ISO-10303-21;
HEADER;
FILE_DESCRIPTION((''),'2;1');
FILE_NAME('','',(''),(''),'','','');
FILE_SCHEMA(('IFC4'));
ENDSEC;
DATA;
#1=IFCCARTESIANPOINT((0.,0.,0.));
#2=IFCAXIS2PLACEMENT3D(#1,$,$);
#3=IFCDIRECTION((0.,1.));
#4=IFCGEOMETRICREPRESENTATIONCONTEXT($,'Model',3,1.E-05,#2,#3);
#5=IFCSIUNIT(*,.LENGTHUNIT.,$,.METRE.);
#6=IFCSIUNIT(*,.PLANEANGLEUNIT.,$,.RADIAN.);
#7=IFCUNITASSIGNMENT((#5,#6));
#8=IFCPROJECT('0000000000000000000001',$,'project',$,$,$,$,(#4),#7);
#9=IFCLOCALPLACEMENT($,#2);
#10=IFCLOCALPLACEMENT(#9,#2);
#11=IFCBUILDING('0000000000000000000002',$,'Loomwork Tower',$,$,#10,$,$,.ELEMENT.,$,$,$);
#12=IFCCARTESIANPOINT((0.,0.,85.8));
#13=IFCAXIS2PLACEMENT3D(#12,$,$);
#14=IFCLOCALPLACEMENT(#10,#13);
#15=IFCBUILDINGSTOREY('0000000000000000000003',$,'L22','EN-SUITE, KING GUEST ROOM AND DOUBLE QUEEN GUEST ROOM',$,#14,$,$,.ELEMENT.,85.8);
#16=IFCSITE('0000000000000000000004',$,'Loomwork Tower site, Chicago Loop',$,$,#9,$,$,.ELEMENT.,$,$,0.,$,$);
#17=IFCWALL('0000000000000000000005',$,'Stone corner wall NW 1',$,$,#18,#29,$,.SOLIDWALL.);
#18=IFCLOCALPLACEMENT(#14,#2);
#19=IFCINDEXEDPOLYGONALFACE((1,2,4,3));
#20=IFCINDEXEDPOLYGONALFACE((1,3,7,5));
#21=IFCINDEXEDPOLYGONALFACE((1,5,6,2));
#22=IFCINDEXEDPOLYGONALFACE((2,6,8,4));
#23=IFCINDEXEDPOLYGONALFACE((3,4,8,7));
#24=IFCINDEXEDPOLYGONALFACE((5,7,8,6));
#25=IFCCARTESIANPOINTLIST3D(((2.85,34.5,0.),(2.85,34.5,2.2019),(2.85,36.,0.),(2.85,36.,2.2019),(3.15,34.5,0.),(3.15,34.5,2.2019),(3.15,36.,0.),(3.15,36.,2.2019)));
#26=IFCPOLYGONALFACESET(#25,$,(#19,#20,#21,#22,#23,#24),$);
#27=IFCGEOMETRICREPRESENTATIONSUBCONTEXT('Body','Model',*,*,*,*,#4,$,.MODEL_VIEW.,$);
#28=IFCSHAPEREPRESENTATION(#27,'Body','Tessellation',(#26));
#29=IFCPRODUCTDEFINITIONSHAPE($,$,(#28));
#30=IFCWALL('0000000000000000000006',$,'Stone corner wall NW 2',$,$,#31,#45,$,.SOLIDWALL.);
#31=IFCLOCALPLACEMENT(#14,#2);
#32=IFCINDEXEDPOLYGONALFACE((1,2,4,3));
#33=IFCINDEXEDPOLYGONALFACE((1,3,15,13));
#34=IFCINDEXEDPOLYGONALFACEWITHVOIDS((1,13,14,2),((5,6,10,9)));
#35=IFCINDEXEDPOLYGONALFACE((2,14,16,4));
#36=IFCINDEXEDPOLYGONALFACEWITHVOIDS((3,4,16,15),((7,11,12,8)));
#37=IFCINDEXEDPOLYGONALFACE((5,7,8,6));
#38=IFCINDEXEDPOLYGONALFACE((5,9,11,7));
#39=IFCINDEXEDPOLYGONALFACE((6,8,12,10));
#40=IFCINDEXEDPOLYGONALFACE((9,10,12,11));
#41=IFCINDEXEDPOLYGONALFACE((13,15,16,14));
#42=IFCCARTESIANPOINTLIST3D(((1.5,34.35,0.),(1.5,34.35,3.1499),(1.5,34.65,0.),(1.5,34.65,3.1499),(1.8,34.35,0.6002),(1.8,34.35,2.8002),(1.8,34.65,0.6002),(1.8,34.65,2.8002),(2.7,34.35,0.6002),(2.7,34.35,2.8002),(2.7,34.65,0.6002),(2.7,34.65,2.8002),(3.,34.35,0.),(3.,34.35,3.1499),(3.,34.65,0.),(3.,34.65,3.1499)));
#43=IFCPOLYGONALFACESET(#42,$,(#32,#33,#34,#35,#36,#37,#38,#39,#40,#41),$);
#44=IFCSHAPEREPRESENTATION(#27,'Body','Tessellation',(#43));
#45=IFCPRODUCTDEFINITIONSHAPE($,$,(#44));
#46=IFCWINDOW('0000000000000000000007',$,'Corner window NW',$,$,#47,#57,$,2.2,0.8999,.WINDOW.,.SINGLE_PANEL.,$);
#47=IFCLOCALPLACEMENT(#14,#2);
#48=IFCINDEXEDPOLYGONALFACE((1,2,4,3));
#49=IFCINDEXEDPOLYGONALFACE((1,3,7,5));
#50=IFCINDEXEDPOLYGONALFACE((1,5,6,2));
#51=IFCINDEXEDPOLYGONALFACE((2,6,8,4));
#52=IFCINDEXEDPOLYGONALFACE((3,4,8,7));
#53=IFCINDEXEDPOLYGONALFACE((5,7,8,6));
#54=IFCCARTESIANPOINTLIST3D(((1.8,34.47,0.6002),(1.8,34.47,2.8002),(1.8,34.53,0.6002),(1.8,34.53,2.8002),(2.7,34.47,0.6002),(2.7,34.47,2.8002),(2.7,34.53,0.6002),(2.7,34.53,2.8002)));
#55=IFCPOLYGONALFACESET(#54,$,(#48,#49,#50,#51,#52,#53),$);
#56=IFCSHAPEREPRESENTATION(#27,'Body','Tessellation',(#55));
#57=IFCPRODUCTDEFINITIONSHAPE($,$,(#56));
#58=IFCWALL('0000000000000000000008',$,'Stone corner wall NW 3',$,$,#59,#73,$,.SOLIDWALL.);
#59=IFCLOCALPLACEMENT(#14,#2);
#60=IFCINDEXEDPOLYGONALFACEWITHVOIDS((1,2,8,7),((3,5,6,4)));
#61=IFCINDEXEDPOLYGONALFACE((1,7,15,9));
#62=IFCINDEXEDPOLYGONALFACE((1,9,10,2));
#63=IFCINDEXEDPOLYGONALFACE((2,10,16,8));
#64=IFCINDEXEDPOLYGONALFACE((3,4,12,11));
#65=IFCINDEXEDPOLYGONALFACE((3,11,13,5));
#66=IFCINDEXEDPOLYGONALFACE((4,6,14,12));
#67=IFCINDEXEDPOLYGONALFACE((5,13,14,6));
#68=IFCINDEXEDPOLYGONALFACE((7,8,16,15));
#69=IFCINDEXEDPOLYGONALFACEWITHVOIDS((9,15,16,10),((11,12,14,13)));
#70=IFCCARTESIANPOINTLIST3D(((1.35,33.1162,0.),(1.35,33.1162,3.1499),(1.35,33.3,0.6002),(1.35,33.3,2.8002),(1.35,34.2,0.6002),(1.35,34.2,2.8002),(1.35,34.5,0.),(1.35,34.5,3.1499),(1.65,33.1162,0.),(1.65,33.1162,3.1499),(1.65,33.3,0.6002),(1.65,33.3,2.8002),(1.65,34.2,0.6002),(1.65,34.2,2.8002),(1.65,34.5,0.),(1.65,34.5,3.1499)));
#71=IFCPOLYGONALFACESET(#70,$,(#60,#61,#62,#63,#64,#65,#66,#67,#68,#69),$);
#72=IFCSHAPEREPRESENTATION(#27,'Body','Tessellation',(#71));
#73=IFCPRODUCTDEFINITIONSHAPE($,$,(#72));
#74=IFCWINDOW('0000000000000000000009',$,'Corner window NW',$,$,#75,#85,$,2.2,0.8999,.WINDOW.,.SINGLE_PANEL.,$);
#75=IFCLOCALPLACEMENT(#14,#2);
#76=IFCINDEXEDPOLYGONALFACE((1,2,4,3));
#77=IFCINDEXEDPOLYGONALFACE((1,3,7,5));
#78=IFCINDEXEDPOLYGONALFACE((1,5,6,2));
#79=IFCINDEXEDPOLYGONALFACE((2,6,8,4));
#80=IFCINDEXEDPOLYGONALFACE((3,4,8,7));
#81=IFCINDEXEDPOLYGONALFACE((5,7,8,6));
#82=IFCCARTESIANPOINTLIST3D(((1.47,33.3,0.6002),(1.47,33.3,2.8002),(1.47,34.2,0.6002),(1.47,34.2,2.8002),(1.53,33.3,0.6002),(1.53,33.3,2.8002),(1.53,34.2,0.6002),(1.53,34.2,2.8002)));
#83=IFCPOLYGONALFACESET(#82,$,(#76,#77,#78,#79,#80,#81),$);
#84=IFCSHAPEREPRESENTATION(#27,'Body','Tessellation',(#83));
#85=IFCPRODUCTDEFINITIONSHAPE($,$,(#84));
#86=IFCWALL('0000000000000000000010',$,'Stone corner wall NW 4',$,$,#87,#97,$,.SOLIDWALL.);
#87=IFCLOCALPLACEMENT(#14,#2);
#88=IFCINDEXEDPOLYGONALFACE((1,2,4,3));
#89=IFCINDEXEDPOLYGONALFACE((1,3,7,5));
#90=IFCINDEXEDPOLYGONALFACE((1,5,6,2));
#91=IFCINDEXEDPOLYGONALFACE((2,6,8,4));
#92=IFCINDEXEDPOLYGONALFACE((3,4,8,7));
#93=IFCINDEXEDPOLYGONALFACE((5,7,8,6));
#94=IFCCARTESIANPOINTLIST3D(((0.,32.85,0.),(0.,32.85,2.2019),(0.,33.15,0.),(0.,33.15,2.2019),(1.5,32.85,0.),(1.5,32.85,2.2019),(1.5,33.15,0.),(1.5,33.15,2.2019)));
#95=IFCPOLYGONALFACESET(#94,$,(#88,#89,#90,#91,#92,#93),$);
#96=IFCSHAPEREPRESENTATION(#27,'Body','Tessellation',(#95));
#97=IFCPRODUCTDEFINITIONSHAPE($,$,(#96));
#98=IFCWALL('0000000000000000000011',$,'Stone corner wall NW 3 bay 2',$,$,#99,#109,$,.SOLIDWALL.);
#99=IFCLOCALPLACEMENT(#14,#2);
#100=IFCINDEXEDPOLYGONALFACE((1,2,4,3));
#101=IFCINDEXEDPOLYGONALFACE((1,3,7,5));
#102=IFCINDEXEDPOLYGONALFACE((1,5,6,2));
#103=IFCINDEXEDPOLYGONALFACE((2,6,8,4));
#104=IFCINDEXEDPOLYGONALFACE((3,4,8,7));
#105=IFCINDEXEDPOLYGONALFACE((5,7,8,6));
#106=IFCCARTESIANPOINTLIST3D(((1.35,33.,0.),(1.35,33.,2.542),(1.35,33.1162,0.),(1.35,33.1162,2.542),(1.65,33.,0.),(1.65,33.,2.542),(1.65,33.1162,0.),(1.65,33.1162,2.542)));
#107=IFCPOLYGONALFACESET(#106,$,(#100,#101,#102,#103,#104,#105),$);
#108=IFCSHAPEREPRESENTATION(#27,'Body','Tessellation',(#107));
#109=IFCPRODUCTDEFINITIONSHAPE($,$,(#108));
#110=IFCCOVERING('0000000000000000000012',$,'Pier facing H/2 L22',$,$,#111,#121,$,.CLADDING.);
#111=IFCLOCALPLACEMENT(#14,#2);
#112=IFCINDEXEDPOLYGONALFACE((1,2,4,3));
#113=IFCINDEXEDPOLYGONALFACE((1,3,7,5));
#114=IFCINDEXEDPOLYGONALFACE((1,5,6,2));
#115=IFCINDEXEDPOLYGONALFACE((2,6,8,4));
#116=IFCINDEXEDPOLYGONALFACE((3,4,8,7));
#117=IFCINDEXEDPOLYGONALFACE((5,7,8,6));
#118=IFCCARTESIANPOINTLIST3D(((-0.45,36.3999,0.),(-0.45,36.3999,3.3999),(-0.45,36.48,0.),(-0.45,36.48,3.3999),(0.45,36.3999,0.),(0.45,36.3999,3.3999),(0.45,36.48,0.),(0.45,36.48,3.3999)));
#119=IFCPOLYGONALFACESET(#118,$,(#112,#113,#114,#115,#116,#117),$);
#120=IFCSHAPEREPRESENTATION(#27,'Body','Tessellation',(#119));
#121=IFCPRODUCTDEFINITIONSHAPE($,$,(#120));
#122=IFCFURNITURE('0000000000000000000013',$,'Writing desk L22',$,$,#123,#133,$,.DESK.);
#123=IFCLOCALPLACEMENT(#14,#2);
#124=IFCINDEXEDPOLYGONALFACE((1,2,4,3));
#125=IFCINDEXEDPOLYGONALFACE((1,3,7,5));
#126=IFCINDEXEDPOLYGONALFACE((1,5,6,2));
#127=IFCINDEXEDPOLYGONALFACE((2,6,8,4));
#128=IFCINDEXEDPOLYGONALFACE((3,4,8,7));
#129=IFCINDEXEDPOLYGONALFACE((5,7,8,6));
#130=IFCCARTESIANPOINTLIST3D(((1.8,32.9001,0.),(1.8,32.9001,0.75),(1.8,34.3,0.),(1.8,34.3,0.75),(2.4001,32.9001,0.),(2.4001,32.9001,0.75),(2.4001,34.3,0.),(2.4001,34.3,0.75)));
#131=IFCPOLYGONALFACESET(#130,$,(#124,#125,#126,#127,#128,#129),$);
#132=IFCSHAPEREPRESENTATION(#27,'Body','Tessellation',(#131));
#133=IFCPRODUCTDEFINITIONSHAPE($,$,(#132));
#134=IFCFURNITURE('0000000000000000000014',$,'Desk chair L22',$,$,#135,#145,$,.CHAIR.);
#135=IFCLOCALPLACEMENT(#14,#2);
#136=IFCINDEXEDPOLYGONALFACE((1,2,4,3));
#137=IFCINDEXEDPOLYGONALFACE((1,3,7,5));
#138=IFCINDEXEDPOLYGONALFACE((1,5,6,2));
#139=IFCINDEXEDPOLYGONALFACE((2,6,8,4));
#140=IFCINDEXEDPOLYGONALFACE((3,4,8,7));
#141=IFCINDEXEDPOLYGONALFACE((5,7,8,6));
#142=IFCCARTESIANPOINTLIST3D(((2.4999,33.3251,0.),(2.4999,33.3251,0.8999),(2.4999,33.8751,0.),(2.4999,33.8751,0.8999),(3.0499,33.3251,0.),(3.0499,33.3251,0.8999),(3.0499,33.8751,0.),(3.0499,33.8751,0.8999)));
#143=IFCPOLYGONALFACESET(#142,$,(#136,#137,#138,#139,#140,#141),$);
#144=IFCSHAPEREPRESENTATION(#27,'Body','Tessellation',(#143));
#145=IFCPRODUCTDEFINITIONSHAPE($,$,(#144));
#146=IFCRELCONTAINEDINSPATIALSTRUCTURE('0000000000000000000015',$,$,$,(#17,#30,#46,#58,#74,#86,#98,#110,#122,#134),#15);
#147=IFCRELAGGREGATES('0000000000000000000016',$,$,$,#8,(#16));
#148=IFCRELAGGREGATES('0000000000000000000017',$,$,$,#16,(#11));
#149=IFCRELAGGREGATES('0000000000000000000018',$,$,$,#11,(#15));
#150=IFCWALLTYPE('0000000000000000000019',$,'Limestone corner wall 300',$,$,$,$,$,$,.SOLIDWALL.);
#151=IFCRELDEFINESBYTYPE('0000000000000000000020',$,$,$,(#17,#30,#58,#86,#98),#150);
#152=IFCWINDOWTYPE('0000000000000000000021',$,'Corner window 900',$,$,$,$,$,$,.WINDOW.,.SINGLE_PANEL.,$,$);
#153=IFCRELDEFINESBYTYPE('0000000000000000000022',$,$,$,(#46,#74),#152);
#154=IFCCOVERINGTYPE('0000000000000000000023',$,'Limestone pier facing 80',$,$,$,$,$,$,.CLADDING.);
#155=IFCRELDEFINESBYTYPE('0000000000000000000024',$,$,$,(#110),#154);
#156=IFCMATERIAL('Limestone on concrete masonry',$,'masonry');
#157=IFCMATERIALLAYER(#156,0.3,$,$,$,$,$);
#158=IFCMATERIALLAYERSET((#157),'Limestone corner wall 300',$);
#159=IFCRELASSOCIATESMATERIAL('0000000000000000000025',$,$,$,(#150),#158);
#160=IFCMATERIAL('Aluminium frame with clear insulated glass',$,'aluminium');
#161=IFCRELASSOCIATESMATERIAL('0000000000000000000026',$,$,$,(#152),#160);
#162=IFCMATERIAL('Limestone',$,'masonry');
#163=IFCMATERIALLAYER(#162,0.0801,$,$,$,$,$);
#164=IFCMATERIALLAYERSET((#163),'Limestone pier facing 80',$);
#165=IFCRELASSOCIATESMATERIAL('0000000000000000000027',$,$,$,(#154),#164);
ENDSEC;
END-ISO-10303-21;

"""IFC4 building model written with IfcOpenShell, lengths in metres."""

from ifc_helpers import new_model, si_unit, direction, frame, frame_2d, origin, origin_2d, place, context, subcontext, project, spatial, rectangle, extrude, material, layer, layer_set, type_object, element, fill, save


model = new_model("IFC4")

# Units and contexts
model_context = context("Model", 3, precision=1e-05, world=origin(), true_north=direction((0.0, 1.0)))
body_context = subcontext(model_context, "Body", "Model", "MODEL_VIEW")
ifc_project = project(units=[si_unit("LENGTHUNIT", "METRE"), si_unit("PLANEANGLEUNIT", "RADIAN")], contexts=[model_context])

# Site, building, storey
site_placement = place(None, origin())
site = spatial("IfcSite", under=ifc_project, at=site_placement, Name="Loomwork Tower site, Chicago Loop", CompositionType="ELEMENT", RefElevation=0.0)
building_placement = place(site_placement, origin())
building = spatial("IfcBuilding", under=site, at=building_placement, Name="Loomwork Tower", CompositionType="ELEMENT")
storey_placement = place(building_placement, frame((0.0, 0.0, 85.8)))
storey = spatial("IfcBuildingStorey", under=building, at=storey_placement, Name="L22", Description="EN-SUITE, KING GUEST ROOM AND DOUBLE QUEEN GUEST ROOM", CompositionType="ELEMENT", Elevation=85.8)

# Wall
ifc_material_1 = material(Name="Limestone on concrete masonry", Category="masonry")
ifc_layer_1 = layer(ifc_material_1, 0.3)
ifc_layer_set_1 = layer_set([ifc_layer_1], Name="Limestone corner wall 300")
wall_type_1 = type_object("IfcWallType", Name="Limestone corner wall 300", PredefinedType="SOLIDWALL", material=ifc_layer_set_1)
wall_1_placement = place(storey_placement, frame((3.0, 36.0, 0.0), z_axis=(0.0, 0.0, 1.0), x_axis=(0.0, -1.0, 0.0)))
element("IfcWall", 1, at=wall_1_placement, inside=storey, type_object=wall_type_1, Name="Stone corner wall NW 1", PredefinedType="SOLIDWALL", context=body_context, shape_type="SweptSolid", body=[
    extrude(rectangle(XDim=1.5, YDim=0.3, at=frame_2d((0.75, 0.0))), origin(), (0.0, 0.0, 1.0), 2.2019),
])

# Walls, openings, windows
wall_2_placement = place(storey_placement, frame((3.0, 34.5, 0.0), z_axis=(0.0, 0.0, 1.0), x_axis=(-1.0, 0.0, 0.0)))
wall_2 = element("IfcWall", 2, at=wall_2_placement, inside=storey, type_object=wall_type_1, Name="Stone corner wall NW 2", PredefinedType="SOLIDWALL", context=body_context, shape_type="SweptSolid", body=[
    extrude(rectangle(XDim=1.5, YDim=0.3, at=frame_2d((0.75, 0.0))), origin(), (0.0, 0.0, 1.0), 3.1499),
])
opening_1_placement = place(wall_2_placement, frame((0.3, 0.0, 0.6001)))
opening_1 = element("IfcOpeningElement", 3, at=opening_1_placement, cuts=wall_2, PredefinedType="OPENING", context=body_context, shape_type="SweptSolid", body=[
    extrude(rectangle(XDim=0.8999, YDim=2.2, at=frame_2d((0.45, 1.1001))), frame((0.0, 0.1599, 0.0), z_axis=(0.0, -1.0, 0.0), x_axis=(1.0, 0.0, 0.0)), (0.0, 0.0, 1.0), 0.3201),
])
ifc_material_2 = material(Name="Aluminium frame with clear insulated glass", Category="aluminium")
window_type_1 = type_object("IfcWindowType", Name="Corner window 900", PartitioningType="SINGLE_PANEL", PredefinedType="WINDOW", material=ifc_material_2)
window_1_placement = place(opening_1_placement, origin())
window_1 = element("IfcWindow", 4, at=window_1_placement, inside=storey, type_object=window_type_1, Name="Corner window NW", OverallHeight=2.2, OverallWidth=0.8999, PartitioningType="SINGLE_PANEL", PredefinedType="WINDOW", context=body_context, shape_type="SweptSolid", body=[
    extrude(rectangle(XDim=0.8999, YDim=2.2, at=frame_2d((0.45, 1.1001))), frame((0.0, 0.03, 0.0), z_axis=(0.0, -1.0, 0.0), x_axis=(1.0, 0.0, 0.0)), (0.0, 0.0, 1.0), 0.0601),
])
fill(opening_1, window_1)
wall_3_placement = place(storey_placement, frame((1.5, 34.5, 0.0), z_axis=(0.0, 0.0, 1.0), x_axis=(0.0, -1.0, 0.0)))
wall_3 = element("IfcWall", 5, at=wall_3_placement, inside=storey, type_object=wall_type_1, Name="Stone corner wall NW 3", PredefinedType="SOLIDWALL", context=body_context, shape_type="SweptSolid", body=[
    extrude(rectangle(XDim=1.3838, YDim=0.3, at=frame_2d((0.6919, 0.0))), origin(), (0.0, 0.0, 1.0), 3.1499),
])
opening_2_placement = place(wall_3_placement, frame((0.3, 0.0, 0.6001)))
opening_2 = element("IfcOpeningElement", 6, at=opening_2_placement, cuts=wall_3, PredefinedType="OPENING", context=body_context, shape_type="SweptSolid", body=[
    extrude(rectangle(XDim=0.8999, YDim=2.2, at=frame_2d((0.45, 1.1001))), frame((0.0, 0.1599, 0.0), z_axis=(0.0, -1.0, 0.0), x_axis=(1.0, 0.0, 0.0)), (0.0, 0.0, 1.0), 0.3201),
])
window_2_placement = place(opening_2_placement, origin())
window_2 = element("IfcWindow", 7, at=window_2_placement, inside=storey, type_object=window_type_1, Name="Corner window NW", OverallHeight=2.2, OverallWidth=0.8999, PartitioningType="SINGLE_PANEL", PredefinedType="WINDOW", context=body_context, shape_type="SweptSolid", body=[
    extrude(rectangle(XDim=0.8999, YDim=2.2, at=frame_2d((0.45, 1.1001))), frame((0.0, 0.03, 0.0), z_axis=(0.0, -1.0, 0.0), x_axis=(1.0, 0.0, 0.0)), (0.0, 0.0, 1.0), 0.0601),
])
fill(opening_2, window_2)

# Walls
wall_4_placement = place(storey_placement, frame((1.5, 33.0, 0.0), z_axis=(0.0, 0.0, 1.0), x_axis=(-1.0, 0.0, 0.0)))
element("IfcWall", 8, at=wall_4_placement, inside=storey, type_object=wall_type_1, Name="Stone corner wall NW 4", PredefinedType="SOLIDWALL", context=body_context, shape_type="SweptSolid", body=[
    extrude(rectangle(XDim=1.5, YDim=0.3, at=frame_2d((0.75, 0.0))), origin(), (0.0, 0.0, 1.0), 2.2019),
])
wall_5_placement = place(storey_placement, frame((1.5, 33.1162, 0.0), z_axis=(0.0, 0.0, 1.0), x_axis=(0.0, -1.0, 0.0)))
element("IfcWall", 9, at=wall_5_placement, inside=storey, type_object=wall_type_1, Name="Stone corner wall NW 3 bay 2", PredefinedType="SOLIDWALL", context=body_context, shape_type="SweptSolid", body=[
    extrude(rectangle(XDim=0.1162, YDim=0.3, at=frame_2d((0.0581, 0.0))), origin(), (0.0, 0.0, 1.0), 2.542),
])

# Covering
ifc_material_3 = material(Name="Limestone", Category="masonry")
ifc_layer_2 = layer(ifc_material_3, 0.0801)
ifc_layer_set_2 = layer_set([ifc_layer_2], Name="Limestone pier facing 80")
covering_type = type_object("IfcCoveringType", Name="Limestone pier facing 80", PredefinedType="CLADDING", material=ifc_layer_set_2)
covering_placement = place(storey_placement, frame((0.0, 36.4399, 0.0), z_axis=(0.0, 0.0, 1.0), x_axis=(1.0, 0.0, 0.0)))
element("IfcCovering", 10, at=covering_placement, inside=storey, type_object=covering_type, Name="Pier facing H/2 L22", PredefinedType="CLADDING", context=body_context, shape_type="SweptSolid", body=[
    extrude(rectangle(XDim=0.8999, YDim=0.0801, at=origin_2d()), origin(), (0.0, 0.0, 1.0), 3.3999),
])

# Furniture
furniture_1_placement = place(storey_placement, frame((2.1001, 33.6001, 0.0), z_axis=(0.0, 0.0, 1.0), x_axis=(1.0, 0.0, 0.0)))
element("IfcFurniture", 11, at=furniture_1_placement, inside=storey, Name="Writing desk L22", PredefinedType="DESK", context=body_context, shape_type="SweptSolid", body=[
    extrude(rectangle(XDim=0.6001, YDim=1.3999, at=origin_2d()), origin(), (0.0, 0.0, 1.0), 0.75),
])
furniture_2_placement = place(storey_placement, frame((2.7749, 33.6001, 0.0), z_axis=(0.0, 0.0, 1.0), x_axis=(1.0, 0.0, 0.0)))
element("IfcFurniture", 12, at=furniture_2_placement, inside=storey, Name="Desk chair L22", PredefinedType="CHAIR", context=body_context, shape_type="SweptSolid", body=[
    extrude(rectangle(XDim=0.55, YDim=0.55, at=origin_2d()), origin(), (0.0, 0.0, 1.0), 0.8999),
])

save(model, "model.ifc")
